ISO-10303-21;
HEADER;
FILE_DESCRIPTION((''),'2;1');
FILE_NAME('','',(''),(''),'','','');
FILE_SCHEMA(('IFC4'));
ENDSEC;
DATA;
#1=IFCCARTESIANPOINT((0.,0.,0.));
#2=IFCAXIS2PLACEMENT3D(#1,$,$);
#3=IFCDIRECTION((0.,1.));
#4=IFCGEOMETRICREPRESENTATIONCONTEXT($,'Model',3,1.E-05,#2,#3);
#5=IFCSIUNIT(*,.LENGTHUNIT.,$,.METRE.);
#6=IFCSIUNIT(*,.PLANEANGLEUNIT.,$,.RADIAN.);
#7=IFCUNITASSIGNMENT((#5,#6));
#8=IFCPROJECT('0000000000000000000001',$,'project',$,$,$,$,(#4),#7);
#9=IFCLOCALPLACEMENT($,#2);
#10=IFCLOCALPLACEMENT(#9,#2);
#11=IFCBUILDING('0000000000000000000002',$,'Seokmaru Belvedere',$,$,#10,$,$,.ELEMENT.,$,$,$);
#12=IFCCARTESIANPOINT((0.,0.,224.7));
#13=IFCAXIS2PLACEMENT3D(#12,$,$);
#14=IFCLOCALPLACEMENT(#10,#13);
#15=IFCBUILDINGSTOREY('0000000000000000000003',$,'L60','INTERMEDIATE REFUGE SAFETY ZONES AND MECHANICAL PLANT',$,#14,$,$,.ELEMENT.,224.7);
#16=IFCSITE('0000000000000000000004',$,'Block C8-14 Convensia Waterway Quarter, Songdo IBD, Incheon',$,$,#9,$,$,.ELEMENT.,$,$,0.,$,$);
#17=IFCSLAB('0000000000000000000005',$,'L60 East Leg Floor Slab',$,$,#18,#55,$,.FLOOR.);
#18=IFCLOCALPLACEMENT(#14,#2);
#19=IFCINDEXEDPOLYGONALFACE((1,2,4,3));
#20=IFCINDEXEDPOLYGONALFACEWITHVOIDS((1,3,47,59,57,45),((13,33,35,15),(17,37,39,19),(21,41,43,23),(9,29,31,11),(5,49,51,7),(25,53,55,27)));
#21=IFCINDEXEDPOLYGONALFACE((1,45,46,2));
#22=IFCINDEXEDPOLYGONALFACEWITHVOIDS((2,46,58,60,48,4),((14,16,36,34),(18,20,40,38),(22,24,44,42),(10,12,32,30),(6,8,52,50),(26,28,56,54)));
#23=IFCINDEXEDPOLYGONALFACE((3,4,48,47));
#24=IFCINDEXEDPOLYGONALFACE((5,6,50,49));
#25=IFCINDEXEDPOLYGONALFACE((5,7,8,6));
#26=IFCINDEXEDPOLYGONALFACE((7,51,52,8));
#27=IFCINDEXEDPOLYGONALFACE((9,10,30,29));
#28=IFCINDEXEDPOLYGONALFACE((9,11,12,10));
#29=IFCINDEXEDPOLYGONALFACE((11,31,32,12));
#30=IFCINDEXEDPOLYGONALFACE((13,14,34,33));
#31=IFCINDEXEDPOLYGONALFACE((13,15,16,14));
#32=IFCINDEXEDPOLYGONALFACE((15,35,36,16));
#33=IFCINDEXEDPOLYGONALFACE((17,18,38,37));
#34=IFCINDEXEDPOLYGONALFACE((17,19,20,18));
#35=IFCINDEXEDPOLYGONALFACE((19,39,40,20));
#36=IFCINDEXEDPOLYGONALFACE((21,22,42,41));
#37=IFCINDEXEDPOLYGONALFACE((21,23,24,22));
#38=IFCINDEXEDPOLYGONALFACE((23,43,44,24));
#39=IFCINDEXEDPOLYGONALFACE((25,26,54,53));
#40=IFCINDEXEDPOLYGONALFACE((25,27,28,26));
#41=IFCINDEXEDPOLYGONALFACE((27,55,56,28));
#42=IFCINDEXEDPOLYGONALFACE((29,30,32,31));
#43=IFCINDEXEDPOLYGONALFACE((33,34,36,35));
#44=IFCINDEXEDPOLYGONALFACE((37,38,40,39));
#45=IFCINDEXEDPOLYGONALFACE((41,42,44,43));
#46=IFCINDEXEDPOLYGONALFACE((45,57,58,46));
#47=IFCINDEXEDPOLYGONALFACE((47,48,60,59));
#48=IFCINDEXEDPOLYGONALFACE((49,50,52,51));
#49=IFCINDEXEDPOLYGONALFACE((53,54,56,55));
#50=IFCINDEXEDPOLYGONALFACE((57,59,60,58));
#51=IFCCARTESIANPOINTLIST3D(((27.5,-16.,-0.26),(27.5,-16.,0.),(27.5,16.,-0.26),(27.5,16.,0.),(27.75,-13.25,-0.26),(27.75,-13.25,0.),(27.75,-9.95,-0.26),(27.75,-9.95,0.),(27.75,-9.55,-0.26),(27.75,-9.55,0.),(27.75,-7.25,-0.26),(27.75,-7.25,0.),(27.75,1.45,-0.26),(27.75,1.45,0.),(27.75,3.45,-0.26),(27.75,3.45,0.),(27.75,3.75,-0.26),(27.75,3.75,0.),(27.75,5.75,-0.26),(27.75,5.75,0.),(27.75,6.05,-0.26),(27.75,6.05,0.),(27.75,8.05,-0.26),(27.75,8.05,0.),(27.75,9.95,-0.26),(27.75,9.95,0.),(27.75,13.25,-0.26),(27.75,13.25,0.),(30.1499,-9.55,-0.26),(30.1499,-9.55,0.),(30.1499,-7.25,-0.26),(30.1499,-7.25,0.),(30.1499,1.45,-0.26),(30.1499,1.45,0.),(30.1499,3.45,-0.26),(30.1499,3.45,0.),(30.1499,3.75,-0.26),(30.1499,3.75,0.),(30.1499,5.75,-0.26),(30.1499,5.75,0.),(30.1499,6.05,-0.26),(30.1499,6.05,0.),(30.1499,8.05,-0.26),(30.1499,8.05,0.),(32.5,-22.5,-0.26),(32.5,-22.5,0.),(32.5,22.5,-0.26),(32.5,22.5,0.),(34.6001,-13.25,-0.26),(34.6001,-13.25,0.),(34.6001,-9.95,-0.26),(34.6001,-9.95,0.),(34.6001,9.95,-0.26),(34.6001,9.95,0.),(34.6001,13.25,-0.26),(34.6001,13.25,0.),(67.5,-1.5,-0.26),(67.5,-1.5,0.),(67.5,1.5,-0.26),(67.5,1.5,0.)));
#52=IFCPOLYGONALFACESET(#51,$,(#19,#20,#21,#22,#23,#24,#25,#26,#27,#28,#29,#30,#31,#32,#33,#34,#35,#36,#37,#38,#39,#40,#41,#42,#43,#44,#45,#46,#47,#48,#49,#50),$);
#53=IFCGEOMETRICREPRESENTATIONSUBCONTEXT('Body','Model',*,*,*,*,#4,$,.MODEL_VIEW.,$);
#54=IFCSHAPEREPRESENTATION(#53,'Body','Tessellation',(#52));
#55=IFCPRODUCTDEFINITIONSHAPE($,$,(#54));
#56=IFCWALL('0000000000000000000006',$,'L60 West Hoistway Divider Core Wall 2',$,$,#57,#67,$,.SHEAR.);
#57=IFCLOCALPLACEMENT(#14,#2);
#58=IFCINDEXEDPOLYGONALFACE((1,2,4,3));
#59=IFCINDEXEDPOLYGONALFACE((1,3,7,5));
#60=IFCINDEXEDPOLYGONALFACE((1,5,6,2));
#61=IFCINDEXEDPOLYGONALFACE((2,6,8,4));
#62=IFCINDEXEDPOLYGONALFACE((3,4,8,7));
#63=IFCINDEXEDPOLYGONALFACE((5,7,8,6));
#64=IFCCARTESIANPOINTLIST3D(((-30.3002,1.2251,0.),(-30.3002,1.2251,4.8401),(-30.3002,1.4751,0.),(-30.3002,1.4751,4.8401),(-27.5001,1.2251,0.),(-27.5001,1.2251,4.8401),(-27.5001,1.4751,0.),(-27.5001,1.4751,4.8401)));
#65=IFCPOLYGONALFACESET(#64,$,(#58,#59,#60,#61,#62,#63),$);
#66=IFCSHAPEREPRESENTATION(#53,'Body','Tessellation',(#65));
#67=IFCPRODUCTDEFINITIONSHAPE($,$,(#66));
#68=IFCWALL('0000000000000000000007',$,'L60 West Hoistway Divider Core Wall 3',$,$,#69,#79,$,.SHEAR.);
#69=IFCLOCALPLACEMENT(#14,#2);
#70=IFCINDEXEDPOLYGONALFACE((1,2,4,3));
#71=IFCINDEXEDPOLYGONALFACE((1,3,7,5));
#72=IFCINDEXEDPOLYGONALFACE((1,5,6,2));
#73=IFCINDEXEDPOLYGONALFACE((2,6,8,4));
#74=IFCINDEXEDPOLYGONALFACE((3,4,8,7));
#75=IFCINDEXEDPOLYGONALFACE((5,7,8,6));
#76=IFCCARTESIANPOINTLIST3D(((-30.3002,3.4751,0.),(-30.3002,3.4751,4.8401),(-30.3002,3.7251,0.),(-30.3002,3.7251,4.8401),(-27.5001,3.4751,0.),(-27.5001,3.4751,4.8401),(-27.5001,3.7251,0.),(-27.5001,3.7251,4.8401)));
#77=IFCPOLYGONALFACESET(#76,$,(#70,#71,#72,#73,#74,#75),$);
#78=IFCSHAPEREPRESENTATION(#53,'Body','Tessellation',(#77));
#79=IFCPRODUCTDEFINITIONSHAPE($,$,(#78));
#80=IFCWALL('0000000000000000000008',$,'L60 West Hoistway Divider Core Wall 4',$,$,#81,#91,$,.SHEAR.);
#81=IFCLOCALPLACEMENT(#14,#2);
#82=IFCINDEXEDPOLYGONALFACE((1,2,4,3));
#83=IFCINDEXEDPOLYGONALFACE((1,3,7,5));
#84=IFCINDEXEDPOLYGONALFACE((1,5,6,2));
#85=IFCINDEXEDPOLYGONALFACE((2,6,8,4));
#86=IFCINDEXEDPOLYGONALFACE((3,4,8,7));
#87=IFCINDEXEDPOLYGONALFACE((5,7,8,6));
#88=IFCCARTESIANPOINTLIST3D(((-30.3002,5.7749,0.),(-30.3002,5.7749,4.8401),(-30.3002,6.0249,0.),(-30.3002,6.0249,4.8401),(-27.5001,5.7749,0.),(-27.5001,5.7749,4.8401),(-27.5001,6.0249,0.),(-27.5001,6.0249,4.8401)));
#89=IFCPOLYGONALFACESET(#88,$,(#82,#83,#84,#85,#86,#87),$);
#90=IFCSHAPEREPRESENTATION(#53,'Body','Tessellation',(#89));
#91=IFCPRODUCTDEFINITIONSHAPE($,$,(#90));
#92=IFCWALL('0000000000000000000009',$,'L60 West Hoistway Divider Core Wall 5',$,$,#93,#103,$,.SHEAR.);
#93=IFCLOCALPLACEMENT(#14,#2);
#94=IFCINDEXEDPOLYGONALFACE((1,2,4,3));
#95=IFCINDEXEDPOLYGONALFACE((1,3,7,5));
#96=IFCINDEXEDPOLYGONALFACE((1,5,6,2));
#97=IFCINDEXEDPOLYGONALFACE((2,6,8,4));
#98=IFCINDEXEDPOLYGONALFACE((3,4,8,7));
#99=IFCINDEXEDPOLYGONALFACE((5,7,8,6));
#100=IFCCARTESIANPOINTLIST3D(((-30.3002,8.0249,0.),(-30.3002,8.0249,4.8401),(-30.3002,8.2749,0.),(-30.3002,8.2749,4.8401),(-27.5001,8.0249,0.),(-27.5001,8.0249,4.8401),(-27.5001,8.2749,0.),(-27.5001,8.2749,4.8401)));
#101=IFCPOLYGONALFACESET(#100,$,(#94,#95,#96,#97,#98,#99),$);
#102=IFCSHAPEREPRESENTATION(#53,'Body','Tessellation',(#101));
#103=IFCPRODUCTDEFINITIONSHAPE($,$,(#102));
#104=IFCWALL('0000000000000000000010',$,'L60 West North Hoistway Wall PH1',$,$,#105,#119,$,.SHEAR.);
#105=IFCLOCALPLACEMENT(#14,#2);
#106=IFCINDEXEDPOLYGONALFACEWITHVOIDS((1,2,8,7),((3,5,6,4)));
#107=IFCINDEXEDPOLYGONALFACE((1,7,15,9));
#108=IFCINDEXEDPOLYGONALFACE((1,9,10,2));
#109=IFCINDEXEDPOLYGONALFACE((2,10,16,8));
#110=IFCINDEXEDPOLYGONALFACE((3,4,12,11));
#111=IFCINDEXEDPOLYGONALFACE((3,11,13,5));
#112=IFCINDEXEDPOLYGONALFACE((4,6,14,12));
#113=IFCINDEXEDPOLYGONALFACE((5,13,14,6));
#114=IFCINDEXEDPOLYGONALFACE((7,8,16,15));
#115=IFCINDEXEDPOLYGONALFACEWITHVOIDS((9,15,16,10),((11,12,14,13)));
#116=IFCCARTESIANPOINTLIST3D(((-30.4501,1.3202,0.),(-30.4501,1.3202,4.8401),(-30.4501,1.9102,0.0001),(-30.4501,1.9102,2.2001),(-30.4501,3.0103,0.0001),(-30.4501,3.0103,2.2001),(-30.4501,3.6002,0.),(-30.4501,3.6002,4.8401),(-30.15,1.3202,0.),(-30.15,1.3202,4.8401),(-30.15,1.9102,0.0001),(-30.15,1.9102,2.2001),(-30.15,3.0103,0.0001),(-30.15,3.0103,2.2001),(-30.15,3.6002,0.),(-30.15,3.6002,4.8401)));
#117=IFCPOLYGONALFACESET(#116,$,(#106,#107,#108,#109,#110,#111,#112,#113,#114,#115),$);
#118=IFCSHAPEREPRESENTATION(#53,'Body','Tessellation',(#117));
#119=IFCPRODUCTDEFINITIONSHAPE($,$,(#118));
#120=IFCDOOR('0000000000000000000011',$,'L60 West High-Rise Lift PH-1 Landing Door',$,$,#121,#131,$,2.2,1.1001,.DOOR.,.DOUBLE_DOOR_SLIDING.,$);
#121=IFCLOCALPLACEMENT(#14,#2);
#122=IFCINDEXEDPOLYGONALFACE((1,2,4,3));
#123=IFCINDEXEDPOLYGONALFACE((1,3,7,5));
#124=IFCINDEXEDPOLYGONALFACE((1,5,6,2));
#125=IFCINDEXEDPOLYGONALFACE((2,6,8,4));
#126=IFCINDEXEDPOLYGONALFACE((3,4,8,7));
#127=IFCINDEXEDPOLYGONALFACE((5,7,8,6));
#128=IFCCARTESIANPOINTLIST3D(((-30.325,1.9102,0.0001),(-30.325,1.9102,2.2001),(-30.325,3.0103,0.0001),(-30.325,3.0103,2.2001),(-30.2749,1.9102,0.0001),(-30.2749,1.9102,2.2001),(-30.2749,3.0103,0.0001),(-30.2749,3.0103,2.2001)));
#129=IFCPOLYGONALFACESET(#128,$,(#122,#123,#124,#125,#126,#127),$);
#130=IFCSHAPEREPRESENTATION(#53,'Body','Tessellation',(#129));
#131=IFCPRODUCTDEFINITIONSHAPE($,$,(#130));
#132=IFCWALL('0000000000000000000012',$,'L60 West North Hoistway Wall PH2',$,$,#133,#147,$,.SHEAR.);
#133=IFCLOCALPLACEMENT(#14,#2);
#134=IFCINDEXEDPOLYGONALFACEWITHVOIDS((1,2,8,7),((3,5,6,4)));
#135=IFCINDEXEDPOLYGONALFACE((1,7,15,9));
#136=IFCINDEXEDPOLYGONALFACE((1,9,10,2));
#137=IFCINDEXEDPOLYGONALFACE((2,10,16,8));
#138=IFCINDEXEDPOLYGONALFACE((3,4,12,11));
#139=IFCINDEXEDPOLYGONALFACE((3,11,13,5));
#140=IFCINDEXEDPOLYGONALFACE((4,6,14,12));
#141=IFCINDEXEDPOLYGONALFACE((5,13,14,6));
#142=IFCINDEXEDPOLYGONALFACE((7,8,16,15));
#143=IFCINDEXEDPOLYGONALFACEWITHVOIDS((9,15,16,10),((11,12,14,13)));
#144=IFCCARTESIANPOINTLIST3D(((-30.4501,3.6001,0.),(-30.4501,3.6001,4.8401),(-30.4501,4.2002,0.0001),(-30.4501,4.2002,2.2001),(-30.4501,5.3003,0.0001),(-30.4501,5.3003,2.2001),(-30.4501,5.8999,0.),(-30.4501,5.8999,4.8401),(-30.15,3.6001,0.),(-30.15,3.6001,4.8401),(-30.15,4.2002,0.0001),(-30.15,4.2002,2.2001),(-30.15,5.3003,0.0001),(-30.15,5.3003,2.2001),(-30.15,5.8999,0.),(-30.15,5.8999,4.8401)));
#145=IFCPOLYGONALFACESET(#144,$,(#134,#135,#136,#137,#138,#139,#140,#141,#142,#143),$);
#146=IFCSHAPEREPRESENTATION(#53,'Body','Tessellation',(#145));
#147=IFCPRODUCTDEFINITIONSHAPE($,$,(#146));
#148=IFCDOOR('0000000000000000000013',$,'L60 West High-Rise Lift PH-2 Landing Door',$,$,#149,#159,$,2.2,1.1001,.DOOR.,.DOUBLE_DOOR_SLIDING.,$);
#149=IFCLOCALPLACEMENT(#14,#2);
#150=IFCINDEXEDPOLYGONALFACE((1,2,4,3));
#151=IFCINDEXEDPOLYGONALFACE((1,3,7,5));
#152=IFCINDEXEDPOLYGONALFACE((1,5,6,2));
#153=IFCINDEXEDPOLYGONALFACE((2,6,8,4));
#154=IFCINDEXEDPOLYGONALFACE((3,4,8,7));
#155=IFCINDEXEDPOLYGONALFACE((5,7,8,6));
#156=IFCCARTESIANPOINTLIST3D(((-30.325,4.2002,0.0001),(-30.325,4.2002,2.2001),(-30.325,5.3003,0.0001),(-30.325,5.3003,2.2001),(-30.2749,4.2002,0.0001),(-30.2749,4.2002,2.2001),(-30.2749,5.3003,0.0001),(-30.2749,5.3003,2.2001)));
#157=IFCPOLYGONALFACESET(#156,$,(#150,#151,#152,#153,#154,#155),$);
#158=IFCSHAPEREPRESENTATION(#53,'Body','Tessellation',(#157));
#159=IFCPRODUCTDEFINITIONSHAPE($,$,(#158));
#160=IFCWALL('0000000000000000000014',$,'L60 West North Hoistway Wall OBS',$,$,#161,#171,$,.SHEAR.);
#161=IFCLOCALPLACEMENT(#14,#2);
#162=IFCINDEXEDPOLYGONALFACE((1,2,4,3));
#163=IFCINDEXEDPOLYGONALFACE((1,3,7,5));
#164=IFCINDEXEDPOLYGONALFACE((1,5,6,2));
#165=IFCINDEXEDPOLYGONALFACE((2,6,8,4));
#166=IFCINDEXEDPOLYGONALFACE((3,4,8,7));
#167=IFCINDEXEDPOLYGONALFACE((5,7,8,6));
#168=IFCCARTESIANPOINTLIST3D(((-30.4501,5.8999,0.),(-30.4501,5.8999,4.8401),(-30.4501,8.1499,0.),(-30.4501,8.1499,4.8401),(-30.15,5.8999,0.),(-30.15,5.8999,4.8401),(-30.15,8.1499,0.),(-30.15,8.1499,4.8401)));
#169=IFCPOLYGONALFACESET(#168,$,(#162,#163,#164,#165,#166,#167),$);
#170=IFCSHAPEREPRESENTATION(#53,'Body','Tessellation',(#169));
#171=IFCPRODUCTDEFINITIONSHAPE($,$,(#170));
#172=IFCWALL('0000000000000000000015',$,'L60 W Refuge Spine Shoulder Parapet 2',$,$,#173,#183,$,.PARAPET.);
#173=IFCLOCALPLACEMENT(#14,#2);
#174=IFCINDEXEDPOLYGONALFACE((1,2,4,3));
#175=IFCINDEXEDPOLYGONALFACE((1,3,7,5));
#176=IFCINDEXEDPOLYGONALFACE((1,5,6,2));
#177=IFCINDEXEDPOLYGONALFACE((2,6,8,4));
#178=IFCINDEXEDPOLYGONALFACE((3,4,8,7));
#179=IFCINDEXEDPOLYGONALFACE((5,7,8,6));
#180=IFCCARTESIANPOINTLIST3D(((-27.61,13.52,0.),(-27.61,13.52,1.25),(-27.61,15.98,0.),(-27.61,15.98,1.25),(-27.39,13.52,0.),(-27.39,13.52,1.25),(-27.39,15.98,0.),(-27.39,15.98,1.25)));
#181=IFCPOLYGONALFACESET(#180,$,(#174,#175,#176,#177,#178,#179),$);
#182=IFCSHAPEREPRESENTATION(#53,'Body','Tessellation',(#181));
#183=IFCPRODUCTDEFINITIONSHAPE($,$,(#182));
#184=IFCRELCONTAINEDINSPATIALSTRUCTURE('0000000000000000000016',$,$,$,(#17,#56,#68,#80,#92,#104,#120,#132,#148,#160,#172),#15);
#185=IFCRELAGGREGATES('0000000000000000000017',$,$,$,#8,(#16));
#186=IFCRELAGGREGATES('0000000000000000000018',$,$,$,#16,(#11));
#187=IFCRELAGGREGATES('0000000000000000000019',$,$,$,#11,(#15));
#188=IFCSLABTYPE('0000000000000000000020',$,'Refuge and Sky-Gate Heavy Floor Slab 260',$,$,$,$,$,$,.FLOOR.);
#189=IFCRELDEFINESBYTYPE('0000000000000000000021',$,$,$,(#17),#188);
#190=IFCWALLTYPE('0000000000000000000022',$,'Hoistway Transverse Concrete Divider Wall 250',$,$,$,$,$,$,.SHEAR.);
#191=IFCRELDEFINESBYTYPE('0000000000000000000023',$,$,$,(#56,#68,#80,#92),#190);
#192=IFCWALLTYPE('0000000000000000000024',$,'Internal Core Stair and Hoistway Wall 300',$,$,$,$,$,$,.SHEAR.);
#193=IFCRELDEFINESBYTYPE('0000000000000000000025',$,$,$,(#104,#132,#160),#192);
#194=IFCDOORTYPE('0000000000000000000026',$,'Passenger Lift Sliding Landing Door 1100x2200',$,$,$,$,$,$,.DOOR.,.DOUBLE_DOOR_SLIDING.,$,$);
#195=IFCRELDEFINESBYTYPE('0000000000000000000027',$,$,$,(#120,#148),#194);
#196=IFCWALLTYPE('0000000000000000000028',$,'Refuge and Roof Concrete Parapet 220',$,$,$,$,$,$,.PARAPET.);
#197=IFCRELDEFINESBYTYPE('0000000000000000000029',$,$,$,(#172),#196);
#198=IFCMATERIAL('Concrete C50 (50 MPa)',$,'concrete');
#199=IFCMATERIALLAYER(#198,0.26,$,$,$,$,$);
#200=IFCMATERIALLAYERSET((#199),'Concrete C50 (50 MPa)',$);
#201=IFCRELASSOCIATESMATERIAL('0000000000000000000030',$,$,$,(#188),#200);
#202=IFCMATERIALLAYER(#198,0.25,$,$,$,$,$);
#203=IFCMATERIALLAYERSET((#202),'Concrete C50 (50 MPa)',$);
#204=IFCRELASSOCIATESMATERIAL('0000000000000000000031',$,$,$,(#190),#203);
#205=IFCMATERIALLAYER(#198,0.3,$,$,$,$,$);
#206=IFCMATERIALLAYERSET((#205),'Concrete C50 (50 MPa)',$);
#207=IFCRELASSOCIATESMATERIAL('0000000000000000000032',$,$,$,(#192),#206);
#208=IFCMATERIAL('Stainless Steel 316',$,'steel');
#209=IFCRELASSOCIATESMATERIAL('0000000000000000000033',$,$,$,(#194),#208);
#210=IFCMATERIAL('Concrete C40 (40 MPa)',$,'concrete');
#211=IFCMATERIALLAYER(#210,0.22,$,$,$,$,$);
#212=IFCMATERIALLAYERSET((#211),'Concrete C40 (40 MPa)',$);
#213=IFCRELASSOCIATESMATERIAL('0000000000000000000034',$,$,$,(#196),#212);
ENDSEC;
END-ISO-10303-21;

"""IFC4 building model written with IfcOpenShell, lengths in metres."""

from ifc_helpers import new_model, si_unit, direction, frame, frame_2d, origin, place, context, subcontext, project, spatial, polyline, rectangle, outline, extrude, source, transform, mapped, material, layer, layer_set, type_object, type_shapes, element, fill, save


model = new_model("IFC4")

# Units and contexts
model_context = context("Model", 3, precision=1e-05, world=origin(), true_north=direction((0.0, 1.0)))
body_context = subcontext(model_context, "Body", "Model", "MODEL_VIEW")
ifc_project = project(units=[si_unit("LENGTHUNIT", "METRE"), si_unit("PLANEANGLEUNIT", "RADIAN")], contexts=[model_context])

# Site, building, storey
site_placement = place(None, origin())
site = spatial("IfcSite", under=ifc_project, at=site_placement, Name="Block C8-14 Convensia Waterway Quarter, Songdo IBD, Incheon", CompositionType="ELEMENT", RefElevation=0.0)
building_placement = place(site_placement, origin())
building = spatial("IfcBuilding", under=site, at=building_placement, Name="Seokmaru Belvedere", CompositionType="ELEMENT")
storey_placement = place(building_placement, frame((0.0, 0.0, 224.7)))
storey = spatial("IfcBuildingStorey", under=building, at=storey_placement, Name="L60", Description="INTERMEDIATE REFUGE SAFETY ZONES AND MECHANICAL PLANT", CompositionType="ELEMENT", Elevation=224.7)

# Slab
ifc_material_1 = material(Name="Concrete C50 (50 MPa)", Category="concrete")
ifc_layer_1 = layer(ifc_material_1, 0.26)
ifc_layer_set_1 = layer_set([ifc_layer_1], Name="Concrete C50 (50 MPa)")
slab_type = type_object("IfcSlabType", Name="Refuge and Sky-Gate Heavy Floor Slab 260", PredefinedType="FLOOR", material=ifc_layer_set_1)
slab_placement = place(storey_placement, frame((0.0, 0.0, -0.26)))
element("IfcSlab", 1, at=slab_placement, inside=storey, type_object=slab_type, Name="L60 East Leg Floor Slab", PredefinedType="FLOOR", context=body_context, shape_type="SweptSolid", body=[
    extrude(outline(polyline([(32.5, -22.5), (67.5, -1.5), (67.5, 1.5), (32.5, 22.5), (27.5, 16.0), (27.5, -16.0), (32.5, -22.5)]), holes=[polyline([(27.75, -13.25), (34.6001, -13.25), (34.6001, -9.95), (27.75, -9.95), (27.75, -13.25)]), polyline([(27.75, 9.95), (34.6001, 9.95), (34.6001, 13.25), (27.75, 13.25), (27.75, 9.95)]), polyline([(27.75, -9.55), (30.1499, -9.55), (30.1499, -7.25), (27.75, -7.25), (27.75, -9.55)]), polyline([(27.75, 1.45), (30.1499, 1.45), (30.1499, 3.45), (27.75, 3.45), (27.75, 1.45)]), polyline([(27.75, 3.75), (30.1499, 3.75), (30.1499, 5.75), (27.75, 5.75), (27.75, 3.75)]), polyline([(27.75, 6.05), (30.1499, 6.05), (30.1499, 8.05), (27.75, 8.05), (27.75, 6.05)])]), origin(), (0.0, 0.0, 1.0), 0.26),
])

# Walls
ifc_layer_2 = layer(ifc_material_1, 0.25)
ifc_layer_set_2 = layer_set([ifc_layer_2], Name="Concrete C50 (50 MPa)")
wall_type_1 = type_object("IfcWallType", Name="Hoistway Transverse Concrete Divider Wall 250", PredefinedType="SHEAR", material=ifc_layer_set_2)
for number, where, z_axis, x_axis, name in (
    (2, (-30.3, 1.3501, 0.0), (0.0, 0.0, 1.0), (1.0, 0.0, 0.0), "L60 West Hoistway Divider Core Wall 2"),
    (3, (-30.3, 3.6001, 0.0), (0.0, 0.0, 1.0), (1.0, 0.0, 0.0), "L60 West Hoistway Divider Core Wall 3"),
    (4, (-30.3, 5.8999, 0.0), (0.0, 0.0, 1.0), (1.0, 0.0, 0.0), "L60 West Hoistway Divider Core Wall 4"),
    (5, (-30.3, 8.1499, 0.0), (0.0, 0.0, 1.0), (1.0, 0.0, 0.0), "L60 West Hoistway Divider Core Wall 5"),
):
    element("IfcWall", number, at=place(storey_placement, frame(where, z_axis=z_axis, x_axis=x_axis)), inside=storey, type_object=wall_type_1, Name=name, PredefinedType="SHEAR", context=body_context, shape_type="SweptSolid", body=[
        extrude(rectangle(XDim=2.8, YDim=0.25, at=frame_2d((1.3999, 0.0))), origin(), (0.0, 0.0, 1.0), 4.8401),
    ])

# Walls, openings, doors
ifc_layer_3 = layer(ifc_material_1, 0.3)
ifc_layer_set_3 = layer_set([ifc_layer_3], Name="Concrete C50 (50 MPa)")
wall_type_2 = type_object("IfcWallType", Name="Internal Core Stair and Hoistway Wall 300", PredefinedType="SHEAR", material=ifc_layer_set_3)
wall_1_placement = place(storey_placement, frame((-30.3, 1.3201, 0.0), z_axis=(0.0, 0.0, 1.0), x_axis=(0.0, 1.0, 0.0)))
wall_1 = element("IfcWall", 6, at=wall_1_placement, inside=storey, type_object=wall_type_2, Name="L60 West North Hoistway Wall PH1", PredefinedType="SHEAR", context=body_context, shape_type="SweptSolid", body=[
    extrude(rectangle(XDim=2.28, YDim=0.3, at=frame_2d((1.1401, 0.0))), origin(), (0.0, 0.0, 1.0), 4.8401),
])
opening_1_placement = place(wall_1_placement, frame((0.5901, 0.0, 0.0)))
opening_1 = element("IfcOpeningElement", 7, at=opening_1_placement, cuts=wall_1, PredefinedType="OPENING", context=body_context, shape_type="SweptSolid", body=[
    extrude(rectangle(XDim=1.1001, YDim=2.2, at=frame_2d((0.55, 1.1001))), frame((0.0, 0.1602, 0.0), z_axis=(0.0, -1.0, 0.0), x_axis=(1.0, 0.0, 0.0)), (0.0, 0.0, 1.0), 0.3201),
])
ifc_material_2 = material(Name="Stainless Steel 316", Category="steel")
door_type_1 = type_object("IfcDoorType", Name="Passenger Lift Sliding Landing Door 1100x2200", OperationType="DOUBLE_DOOR_SLIDING", PredefinedType="DOOR", material=ifc_material_2)
shared_shape_1 = source(origin(), body_context, "Body", "SweptSolid", [
    extrude(rectangle(XDim=1.1001, YDim=2.2, at=frame_2d((0.55, 1.1001))), frame((0.0, 0.0249, 0.0), z_axis=(0.0, -1.0, 0.0), x_axis=(1.0, 0.0, 0.0)), (0.0, 0.0, 1.0), 0.05),
])
type_shapes(door_type_1, [shared_shape_1])
door_1_placement = place(opening_1_placement, origin())
door_1 = element("IfcDoor", 8, at=door_1_placement, inside=storey, type_object=door_type_1, Name="L60 West High-Rise Lift PH-1 Landing Door", OperationType="DOUBLE_DOOR_SLIDING", OverallHeight=2.2, OverallWidth=1.1001, PredefinedType="DOOR", context=body_context, shape_type="MappedRepresentation", body=[
    mapped(shared_shape_1, transform((0.0, 0.0, 0.0), scale=1.0)),
])
fill(opening_1, door_1)
wall_2_placement = place(storey_placement, frame((-30.3, 3.6001, 0.0), z_axis=(0.0, 0.0, 1.0), x_axis=(0.0, 1.0, 0.0)))
wall_2 = element("IfcWall", 9, at=wall_2_placement, inside=storey, type_object=wall_type_2, Name="L60 West North Hoistway Wall PH2", PredefinedType="SHEAR", context=body_context, shape_type="SweptSolid", body=[
    extrude(rectangle(XDim=2.2998, YDim=0.3, at=frame_2d((1.1499, 0.0))), origin(), (0.0, 0.0, 1.0), 4.8401),
])
opening_2_placement = place(wall_2_placement, frame((0.6001, 0.0, 0.0)))
opening_2 = element("IfcOpeningElement", 10, at=opening_2_placement, cuts=wall_2, PredefinedType="OPENING", context=body_context, shape_type="SweptSolid", body=[
    extrude(rectangle(XDim=1.1001, YDim=2.2, at=frame_2d((0.55, 1.1001))), frame((0.0, 0.1602, 0.0), z_axis=(0.0, -1.0, 0.0), x_axis=(1.0, 0.0, 0.0)), (0.0, 0.0, 1.0), 0.3201),
])
door_2_placement = place(opening_2_placement, origin())
door_2 = element("IfcDoor", 11, at=door_2_placement, inside=storey, type_object=door_type_1, Name="L60 West High-Rise Lift PH-2 Landing Door", OperationType="DOUBLE_DOOR_SLIDING", OverallHeight=2.2, OverallWidth=1.1001, PredefinedType="DOOR", context=body_context, shape_type="MappedRepresentation", body=[
    mapped(shared_shape_1, transform((0.0, 0.0, 0.0), scale=1.0)),
])
fill(opening_2, door_2)

# Wall
wall_3_placement = place(storey_placement, frame((-30.3, 5.8999, 0.0), z_axis=(0.0, 0.0, 1.0), x_axis=(0.0, 1.0, 0.0)))
element("IfcWall", 12, at=wall_3_placement, inside=storey, type_object=wall_type_2, Name="L60 West North Hoistway Wall OBS", PredefinedType="SHEAR", context=body_context, shape_type="SweptSolid", body=[
    extrude(rectangle(XDim=2.25, YDim=0.3, at=frame_2d((1.125, 0.0))), origin(), (0.0, 0.0, 1.0), 4.8401),
])

# Wall
ifc_material_3 = material(Name="Concrete C40 (40 MPa)", Category="concrete")
ifc_layer_4 = layer(ifc_material_3, 0.22)
ifc_layer_set_4 = layer_set([ifc_layer_4], Name="Concrete C40 (40 MPa)")
wall_type_3 = type_object("IfcWallType", Name="Refuge and Roof Concrete Parapet 220", PredefinedType="PARAPET", material=ifc_layer_set_4)
wall_4_placement = place(storey_placement, frame((-27.5, 13.52, 0.0), z_axis=(0.0, 0.0, 1.0), x_axis=(0.0, 1.0, 0.0)))
element("IfcWall", 13, at=wall_4_placement, inside=storey, type_object=wall_type_3, Name="L60 W Refuge Spine Shoulder Parapet 2", PredefinedType="PARAPET", context=body_context, shape_type="SweptSolid", body=[
    extrude(rectangle(XDim=2.46, YDim=0.22, at=frame_2d((1.23, 0.0))), origin(), (0.0, 0.0, 1.0), 1.25),
])

save(model, "model.ifc")
